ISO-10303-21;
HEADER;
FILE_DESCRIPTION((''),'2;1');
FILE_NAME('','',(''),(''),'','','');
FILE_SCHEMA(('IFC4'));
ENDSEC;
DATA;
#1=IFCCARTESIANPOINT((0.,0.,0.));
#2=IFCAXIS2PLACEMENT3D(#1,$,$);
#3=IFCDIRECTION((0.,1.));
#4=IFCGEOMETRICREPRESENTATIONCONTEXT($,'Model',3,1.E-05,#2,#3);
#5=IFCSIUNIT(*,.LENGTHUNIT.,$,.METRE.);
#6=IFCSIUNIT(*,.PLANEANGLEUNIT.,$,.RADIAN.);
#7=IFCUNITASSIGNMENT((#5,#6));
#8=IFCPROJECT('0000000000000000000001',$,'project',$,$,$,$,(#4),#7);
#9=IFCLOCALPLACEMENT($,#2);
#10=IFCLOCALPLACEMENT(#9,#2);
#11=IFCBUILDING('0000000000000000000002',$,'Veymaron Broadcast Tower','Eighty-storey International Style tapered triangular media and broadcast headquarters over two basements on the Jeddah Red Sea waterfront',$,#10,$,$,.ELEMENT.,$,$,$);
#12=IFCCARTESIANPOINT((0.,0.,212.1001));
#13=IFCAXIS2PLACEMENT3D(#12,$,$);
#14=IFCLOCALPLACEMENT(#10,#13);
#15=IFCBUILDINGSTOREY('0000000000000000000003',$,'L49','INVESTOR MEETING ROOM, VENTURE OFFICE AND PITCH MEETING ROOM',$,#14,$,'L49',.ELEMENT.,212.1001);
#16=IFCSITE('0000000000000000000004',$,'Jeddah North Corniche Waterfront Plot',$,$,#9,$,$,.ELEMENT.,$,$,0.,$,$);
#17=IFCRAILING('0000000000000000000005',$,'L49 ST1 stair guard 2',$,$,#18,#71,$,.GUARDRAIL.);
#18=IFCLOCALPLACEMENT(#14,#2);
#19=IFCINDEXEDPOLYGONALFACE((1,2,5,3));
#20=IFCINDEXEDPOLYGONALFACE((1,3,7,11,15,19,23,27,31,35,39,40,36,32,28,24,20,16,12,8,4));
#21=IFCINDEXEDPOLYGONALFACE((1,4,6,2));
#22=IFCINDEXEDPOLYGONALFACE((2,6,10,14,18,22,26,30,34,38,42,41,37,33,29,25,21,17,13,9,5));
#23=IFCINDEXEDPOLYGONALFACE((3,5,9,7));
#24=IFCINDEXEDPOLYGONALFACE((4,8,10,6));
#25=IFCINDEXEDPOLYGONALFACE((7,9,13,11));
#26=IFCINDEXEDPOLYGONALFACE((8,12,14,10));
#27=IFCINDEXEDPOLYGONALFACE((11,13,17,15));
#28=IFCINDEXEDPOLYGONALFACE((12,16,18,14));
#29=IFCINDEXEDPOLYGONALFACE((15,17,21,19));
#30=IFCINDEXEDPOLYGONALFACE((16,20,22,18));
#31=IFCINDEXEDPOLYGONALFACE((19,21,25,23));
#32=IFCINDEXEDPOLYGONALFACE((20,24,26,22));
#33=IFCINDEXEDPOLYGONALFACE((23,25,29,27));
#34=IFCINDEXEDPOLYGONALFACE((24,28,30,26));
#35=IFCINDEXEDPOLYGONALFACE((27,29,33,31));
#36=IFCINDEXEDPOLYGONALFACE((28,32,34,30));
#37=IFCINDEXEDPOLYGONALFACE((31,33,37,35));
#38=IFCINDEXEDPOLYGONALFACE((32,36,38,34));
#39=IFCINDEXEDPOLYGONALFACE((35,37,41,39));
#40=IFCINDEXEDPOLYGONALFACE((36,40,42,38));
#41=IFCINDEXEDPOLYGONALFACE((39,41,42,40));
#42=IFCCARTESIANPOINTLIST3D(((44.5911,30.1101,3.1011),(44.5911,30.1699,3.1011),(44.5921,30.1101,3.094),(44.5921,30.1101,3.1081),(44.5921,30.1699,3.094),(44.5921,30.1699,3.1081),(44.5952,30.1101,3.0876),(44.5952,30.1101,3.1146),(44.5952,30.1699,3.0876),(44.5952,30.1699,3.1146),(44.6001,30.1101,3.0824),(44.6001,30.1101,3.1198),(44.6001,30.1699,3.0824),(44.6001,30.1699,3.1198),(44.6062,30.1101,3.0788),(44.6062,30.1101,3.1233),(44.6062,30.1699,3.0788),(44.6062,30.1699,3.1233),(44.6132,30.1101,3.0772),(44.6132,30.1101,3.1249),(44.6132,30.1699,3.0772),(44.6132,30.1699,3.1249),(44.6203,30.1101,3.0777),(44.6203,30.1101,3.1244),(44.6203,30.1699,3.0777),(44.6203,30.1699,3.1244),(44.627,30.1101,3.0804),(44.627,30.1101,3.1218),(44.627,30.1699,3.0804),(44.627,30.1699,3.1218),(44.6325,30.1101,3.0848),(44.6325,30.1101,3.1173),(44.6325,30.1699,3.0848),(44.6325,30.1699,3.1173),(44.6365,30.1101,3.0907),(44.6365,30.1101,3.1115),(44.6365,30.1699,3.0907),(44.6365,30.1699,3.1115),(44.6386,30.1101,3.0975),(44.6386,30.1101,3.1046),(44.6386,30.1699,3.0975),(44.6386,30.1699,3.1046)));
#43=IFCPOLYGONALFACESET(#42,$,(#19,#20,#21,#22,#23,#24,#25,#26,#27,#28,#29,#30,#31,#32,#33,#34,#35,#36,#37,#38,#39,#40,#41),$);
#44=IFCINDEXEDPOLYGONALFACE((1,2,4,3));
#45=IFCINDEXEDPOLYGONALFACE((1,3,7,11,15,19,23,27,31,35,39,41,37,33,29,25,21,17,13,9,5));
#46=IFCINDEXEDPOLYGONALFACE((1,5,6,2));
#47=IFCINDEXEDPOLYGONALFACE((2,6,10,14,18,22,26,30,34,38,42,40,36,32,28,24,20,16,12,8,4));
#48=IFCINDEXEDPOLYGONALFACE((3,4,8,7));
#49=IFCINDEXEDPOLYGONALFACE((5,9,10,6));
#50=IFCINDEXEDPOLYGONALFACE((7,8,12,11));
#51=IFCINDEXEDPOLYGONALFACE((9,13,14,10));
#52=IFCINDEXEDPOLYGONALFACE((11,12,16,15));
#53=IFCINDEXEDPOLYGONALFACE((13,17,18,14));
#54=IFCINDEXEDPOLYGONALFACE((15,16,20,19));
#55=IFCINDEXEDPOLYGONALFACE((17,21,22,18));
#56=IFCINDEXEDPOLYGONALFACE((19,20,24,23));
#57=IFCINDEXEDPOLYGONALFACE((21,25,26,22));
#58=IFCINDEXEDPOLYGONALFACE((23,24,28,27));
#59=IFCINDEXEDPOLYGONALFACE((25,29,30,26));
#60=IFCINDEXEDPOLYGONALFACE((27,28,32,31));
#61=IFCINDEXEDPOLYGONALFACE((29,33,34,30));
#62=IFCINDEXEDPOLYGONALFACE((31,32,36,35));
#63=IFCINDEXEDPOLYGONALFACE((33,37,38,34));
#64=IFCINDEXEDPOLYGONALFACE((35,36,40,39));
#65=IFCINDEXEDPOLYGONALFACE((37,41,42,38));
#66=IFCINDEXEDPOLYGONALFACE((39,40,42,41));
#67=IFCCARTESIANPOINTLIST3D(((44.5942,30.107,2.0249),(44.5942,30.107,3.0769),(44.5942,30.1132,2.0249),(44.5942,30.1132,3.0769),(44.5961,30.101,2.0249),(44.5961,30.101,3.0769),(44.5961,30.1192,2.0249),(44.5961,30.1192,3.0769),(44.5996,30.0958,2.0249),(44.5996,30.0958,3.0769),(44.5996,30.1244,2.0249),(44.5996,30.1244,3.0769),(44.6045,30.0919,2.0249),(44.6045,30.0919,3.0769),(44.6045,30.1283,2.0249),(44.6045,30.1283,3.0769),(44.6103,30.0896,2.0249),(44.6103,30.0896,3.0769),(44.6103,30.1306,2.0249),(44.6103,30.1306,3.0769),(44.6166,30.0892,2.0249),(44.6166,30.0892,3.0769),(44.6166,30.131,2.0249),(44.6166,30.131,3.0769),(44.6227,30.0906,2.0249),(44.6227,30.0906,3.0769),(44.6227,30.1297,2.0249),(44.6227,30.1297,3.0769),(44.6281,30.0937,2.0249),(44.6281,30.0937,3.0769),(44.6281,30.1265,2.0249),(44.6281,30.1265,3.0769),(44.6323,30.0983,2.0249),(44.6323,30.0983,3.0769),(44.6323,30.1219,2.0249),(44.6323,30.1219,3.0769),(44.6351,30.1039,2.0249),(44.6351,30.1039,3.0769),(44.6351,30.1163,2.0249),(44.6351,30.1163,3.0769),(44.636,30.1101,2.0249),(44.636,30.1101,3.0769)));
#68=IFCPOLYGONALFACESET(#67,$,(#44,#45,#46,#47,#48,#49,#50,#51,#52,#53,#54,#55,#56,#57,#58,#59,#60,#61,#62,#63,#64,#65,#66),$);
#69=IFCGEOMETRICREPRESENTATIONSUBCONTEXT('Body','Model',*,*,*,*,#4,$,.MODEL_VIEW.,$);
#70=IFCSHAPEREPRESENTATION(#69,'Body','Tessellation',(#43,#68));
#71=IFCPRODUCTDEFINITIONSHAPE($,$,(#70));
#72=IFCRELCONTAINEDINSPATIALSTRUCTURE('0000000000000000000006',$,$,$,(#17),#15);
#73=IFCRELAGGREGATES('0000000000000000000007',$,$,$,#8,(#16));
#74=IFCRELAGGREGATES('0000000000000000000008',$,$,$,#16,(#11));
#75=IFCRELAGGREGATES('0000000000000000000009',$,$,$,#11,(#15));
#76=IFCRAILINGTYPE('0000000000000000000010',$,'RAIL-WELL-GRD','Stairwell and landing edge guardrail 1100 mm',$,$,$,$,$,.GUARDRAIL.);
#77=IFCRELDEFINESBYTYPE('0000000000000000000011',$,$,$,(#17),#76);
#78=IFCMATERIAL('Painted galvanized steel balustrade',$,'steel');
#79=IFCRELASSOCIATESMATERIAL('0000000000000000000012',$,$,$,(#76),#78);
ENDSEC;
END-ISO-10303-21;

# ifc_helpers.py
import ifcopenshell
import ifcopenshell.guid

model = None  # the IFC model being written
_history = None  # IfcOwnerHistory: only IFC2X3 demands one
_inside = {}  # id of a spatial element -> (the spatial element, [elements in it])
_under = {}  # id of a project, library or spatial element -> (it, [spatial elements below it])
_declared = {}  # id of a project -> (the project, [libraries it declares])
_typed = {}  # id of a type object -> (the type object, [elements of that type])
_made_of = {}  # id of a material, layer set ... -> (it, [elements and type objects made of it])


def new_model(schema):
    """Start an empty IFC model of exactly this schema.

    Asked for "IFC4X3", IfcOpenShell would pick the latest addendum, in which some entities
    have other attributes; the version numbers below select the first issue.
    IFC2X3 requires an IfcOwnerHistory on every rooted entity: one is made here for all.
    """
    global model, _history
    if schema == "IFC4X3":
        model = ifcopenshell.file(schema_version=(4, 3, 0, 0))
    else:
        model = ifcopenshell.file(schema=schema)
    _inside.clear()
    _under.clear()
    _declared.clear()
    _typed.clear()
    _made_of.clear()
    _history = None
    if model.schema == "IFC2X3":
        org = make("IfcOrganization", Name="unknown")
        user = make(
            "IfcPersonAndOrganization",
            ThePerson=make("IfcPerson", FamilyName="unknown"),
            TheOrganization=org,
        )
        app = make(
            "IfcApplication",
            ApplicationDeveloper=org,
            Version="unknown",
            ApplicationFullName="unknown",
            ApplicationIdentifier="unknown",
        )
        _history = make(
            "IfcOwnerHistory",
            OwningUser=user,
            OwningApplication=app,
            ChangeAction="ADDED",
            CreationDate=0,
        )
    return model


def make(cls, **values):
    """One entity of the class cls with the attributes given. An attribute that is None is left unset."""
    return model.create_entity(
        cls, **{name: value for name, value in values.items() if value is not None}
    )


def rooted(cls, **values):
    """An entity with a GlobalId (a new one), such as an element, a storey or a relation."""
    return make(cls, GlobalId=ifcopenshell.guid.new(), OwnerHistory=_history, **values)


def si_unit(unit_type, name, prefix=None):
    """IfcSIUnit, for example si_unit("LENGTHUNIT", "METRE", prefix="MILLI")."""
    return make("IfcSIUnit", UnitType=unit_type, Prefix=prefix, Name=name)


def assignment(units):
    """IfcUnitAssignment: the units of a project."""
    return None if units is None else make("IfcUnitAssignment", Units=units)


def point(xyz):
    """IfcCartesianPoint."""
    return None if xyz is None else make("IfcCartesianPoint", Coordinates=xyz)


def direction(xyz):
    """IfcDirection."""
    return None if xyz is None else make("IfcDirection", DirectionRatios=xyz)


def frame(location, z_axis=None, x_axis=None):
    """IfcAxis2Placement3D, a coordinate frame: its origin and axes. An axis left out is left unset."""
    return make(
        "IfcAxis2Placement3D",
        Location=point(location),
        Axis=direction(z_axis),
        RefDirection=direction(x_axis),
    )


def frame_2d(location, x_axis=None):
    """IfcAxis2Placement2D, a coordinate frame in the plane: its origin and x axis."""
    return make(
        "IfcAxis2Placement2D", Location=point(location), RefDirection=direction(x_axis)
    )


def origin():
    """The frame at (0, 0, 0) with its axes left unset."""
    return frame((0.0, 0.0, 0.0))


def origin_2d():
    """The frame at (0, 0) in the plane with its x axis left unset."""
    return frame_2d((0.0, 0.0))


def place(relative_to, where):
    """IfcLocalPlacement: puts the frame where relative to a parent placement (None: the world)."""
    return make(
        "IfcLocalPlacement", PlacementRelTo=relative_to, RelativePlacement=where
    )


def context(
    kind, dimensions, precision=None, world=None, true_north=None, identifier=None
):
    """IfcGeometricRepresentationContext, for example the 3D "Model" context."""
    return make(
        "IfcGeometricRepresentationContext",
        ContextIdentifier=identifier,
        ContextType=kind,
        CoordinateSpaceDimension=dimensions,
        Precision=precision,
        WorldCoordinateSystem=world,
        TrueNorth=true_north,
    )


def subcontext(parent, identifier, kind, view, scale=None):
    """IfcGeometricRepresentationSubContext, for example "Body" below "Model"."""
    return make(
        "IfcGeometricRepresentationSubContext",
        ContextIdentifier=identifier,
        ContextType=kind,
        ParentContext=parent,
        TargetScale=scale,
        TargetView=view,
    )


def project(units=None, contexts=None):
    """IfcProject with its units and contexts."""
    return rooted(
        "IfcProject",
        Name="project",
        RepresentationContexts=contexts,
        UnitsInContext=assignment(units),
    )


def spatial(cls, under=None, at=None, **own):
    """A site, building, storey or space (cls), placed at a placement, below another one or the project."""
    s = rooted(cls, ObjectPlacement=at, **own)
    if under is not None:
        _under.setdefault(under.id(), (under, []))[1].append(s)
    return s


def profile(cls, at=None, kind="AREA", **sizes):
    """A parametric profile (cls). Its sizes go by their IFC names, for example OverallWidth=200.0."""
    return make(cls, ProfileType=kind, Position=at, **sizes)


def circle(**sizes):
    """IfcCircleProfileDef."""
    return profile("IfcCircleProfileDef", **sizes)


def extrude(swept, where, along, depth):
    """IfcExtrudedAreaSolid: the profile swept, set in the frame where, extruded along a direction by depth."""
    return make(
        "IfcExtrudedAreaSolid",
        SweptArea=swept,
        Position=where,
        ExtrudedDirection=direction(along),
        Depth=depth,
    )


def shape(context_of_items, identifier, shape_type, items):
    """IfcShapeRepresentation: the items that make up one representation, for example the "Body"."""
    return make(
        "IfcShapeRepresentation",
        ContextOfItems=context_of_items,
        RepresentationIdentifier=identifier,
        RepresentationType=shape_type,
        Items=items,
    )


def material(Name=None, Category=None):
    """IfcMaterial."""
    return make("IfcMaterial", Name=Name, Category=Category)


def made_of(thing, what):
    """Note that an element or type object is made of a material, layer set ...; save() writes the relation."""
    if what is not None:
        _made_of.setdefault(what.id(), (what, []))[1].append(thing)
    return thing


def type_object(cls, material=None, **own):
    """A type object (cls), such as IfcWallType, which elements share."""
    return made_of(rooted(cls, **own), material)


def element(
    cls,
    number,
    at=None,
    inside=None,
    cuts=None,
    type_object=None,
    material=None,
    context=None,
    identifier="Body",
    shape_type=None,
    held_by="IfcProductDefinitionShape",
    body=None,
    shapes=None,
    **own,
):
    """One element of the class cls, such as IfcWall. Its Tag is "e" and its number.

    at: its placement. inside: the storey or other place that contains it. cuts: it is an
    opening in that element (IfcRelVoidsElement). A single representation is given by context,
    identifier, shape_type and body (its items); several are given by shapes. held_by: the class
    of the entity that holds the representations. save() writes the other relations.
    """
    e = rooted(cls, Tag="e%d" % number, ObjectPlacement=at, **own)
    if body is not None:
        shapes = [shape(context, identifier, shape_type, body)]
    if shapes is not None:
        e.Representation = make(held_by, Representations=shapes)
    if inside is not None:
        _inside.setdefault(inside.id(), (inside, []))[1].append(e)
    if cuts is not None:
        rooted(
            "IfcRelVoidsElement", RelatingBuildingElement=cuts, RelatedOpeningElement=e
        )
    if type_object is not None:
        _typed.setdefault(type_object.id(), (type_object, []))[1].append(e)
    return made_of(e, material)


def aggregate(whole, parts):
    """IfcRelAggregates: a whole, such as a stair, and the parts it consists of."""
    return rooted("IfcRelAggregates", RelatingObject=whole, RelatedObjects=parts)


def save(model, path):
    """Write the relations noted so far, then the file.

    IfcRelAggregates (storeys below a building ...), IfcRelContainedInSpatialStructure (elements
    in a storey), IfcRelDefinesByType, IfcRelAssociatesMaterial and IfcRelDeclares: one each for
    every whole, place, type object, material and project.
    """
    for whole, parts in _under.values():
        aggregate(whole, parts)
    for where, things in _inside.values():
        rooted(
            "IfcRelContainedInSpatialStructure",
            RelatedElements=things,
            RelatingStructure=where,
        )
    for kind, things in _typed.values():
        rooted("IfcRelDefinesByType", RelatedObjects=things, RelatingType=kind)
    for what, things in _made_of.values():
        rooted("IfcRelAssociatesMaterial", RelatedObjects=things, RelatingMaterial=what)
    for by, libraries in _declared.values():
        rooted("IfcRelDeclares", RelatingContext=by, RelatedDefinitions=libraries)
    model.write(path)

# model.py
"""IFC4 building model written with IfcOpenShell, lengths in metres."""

from ifc_helpers import new_model, si_unit, direction, frame, origin, origin_2d, place, context, subcontext, project, spatial, circle, extrude, material, type_object, element, save


model = new_model("IFC4")

# Units and contexts
model_context = context("Model", 3, precision=1e-05, world=origin(), true_north=direction((0.0, 1.0)))
body_context = subcontext(model_context, "Body", "Model", "MODEL_VIEW")
ifc_project = project(units=[si_unit("LENGTHUNIT", "METRE"), si_unit("PLANEANGLEUNIT", "RADIAN")], contexts=[model_context])

# Site, building, storey
site_placement = place(None, origin())
site = spatial("IfcSite", under=ifc_project, at=site_placement, Name="Jeddah North Corniche Waterfront Plot", CompositionType="ELEMENT", RefElevation=0.0)
building_placement = place(site_placement, origin())
building = spatial("IfcBuilding", under=site, at=building_placement, Name="Veymaron Broadcast Tower", Description="Eighty-storey International Style tapered triangular media and broadcast headquarters over two basements on the Jeddah Red Sea waterfront", CompositionType="ELEMENT")
storey_placement = place(building_placement, frame((0.0, 0.0, 212.1001)))
storey = spatial("IfcBuildingStorey", under=building, at=storey_placement, Name="L49", Description="INVESTOR MEETING ROOM, VENTURE OFFICE AND PITCH MEETING ROOM", LongName="L49", CompositionType="ELEMENT", Elevation=212.1001)

# Railing
ifc_material_1 = material(Name="Painted galvanized steel balustrade", Category="steel")
railing_type_1 = type_object("IfcRailingType", Name="RAIL-WELL-GRD", Description="Stairwell and landing edge guardrail 1100 mm", PredefinedType="GUARDRAIL", material=ifc_material_1)
railing_1_placement = place(storey_placement, frame((44.615, 30.1101, 2.0249)))
element("IfcRailing", 1, at=railing_1_placement, inside=storey, type_object=railing_type_1, Name="L49 ST1 stair guard 2", PredefinedType="GUARDRAIL", context=body_context, shape_type="SweptSolid", body=[
    extrude(circle(Radius=0.0239, at=origin_2d()), frame((0.0, 0.0, 1.0762), z_axis=(0.0, 1.0, 0.0), x_axis=(-1.0, 0.0, 0.0)), (0.0, 0.0, 1.0), 0.0598),
    extrude(circle(Radius=0.021, at=origin_2d()), origin(), (0.0, 0.0, 1.0), 1.052),
])

save(model, "model.ifc")
